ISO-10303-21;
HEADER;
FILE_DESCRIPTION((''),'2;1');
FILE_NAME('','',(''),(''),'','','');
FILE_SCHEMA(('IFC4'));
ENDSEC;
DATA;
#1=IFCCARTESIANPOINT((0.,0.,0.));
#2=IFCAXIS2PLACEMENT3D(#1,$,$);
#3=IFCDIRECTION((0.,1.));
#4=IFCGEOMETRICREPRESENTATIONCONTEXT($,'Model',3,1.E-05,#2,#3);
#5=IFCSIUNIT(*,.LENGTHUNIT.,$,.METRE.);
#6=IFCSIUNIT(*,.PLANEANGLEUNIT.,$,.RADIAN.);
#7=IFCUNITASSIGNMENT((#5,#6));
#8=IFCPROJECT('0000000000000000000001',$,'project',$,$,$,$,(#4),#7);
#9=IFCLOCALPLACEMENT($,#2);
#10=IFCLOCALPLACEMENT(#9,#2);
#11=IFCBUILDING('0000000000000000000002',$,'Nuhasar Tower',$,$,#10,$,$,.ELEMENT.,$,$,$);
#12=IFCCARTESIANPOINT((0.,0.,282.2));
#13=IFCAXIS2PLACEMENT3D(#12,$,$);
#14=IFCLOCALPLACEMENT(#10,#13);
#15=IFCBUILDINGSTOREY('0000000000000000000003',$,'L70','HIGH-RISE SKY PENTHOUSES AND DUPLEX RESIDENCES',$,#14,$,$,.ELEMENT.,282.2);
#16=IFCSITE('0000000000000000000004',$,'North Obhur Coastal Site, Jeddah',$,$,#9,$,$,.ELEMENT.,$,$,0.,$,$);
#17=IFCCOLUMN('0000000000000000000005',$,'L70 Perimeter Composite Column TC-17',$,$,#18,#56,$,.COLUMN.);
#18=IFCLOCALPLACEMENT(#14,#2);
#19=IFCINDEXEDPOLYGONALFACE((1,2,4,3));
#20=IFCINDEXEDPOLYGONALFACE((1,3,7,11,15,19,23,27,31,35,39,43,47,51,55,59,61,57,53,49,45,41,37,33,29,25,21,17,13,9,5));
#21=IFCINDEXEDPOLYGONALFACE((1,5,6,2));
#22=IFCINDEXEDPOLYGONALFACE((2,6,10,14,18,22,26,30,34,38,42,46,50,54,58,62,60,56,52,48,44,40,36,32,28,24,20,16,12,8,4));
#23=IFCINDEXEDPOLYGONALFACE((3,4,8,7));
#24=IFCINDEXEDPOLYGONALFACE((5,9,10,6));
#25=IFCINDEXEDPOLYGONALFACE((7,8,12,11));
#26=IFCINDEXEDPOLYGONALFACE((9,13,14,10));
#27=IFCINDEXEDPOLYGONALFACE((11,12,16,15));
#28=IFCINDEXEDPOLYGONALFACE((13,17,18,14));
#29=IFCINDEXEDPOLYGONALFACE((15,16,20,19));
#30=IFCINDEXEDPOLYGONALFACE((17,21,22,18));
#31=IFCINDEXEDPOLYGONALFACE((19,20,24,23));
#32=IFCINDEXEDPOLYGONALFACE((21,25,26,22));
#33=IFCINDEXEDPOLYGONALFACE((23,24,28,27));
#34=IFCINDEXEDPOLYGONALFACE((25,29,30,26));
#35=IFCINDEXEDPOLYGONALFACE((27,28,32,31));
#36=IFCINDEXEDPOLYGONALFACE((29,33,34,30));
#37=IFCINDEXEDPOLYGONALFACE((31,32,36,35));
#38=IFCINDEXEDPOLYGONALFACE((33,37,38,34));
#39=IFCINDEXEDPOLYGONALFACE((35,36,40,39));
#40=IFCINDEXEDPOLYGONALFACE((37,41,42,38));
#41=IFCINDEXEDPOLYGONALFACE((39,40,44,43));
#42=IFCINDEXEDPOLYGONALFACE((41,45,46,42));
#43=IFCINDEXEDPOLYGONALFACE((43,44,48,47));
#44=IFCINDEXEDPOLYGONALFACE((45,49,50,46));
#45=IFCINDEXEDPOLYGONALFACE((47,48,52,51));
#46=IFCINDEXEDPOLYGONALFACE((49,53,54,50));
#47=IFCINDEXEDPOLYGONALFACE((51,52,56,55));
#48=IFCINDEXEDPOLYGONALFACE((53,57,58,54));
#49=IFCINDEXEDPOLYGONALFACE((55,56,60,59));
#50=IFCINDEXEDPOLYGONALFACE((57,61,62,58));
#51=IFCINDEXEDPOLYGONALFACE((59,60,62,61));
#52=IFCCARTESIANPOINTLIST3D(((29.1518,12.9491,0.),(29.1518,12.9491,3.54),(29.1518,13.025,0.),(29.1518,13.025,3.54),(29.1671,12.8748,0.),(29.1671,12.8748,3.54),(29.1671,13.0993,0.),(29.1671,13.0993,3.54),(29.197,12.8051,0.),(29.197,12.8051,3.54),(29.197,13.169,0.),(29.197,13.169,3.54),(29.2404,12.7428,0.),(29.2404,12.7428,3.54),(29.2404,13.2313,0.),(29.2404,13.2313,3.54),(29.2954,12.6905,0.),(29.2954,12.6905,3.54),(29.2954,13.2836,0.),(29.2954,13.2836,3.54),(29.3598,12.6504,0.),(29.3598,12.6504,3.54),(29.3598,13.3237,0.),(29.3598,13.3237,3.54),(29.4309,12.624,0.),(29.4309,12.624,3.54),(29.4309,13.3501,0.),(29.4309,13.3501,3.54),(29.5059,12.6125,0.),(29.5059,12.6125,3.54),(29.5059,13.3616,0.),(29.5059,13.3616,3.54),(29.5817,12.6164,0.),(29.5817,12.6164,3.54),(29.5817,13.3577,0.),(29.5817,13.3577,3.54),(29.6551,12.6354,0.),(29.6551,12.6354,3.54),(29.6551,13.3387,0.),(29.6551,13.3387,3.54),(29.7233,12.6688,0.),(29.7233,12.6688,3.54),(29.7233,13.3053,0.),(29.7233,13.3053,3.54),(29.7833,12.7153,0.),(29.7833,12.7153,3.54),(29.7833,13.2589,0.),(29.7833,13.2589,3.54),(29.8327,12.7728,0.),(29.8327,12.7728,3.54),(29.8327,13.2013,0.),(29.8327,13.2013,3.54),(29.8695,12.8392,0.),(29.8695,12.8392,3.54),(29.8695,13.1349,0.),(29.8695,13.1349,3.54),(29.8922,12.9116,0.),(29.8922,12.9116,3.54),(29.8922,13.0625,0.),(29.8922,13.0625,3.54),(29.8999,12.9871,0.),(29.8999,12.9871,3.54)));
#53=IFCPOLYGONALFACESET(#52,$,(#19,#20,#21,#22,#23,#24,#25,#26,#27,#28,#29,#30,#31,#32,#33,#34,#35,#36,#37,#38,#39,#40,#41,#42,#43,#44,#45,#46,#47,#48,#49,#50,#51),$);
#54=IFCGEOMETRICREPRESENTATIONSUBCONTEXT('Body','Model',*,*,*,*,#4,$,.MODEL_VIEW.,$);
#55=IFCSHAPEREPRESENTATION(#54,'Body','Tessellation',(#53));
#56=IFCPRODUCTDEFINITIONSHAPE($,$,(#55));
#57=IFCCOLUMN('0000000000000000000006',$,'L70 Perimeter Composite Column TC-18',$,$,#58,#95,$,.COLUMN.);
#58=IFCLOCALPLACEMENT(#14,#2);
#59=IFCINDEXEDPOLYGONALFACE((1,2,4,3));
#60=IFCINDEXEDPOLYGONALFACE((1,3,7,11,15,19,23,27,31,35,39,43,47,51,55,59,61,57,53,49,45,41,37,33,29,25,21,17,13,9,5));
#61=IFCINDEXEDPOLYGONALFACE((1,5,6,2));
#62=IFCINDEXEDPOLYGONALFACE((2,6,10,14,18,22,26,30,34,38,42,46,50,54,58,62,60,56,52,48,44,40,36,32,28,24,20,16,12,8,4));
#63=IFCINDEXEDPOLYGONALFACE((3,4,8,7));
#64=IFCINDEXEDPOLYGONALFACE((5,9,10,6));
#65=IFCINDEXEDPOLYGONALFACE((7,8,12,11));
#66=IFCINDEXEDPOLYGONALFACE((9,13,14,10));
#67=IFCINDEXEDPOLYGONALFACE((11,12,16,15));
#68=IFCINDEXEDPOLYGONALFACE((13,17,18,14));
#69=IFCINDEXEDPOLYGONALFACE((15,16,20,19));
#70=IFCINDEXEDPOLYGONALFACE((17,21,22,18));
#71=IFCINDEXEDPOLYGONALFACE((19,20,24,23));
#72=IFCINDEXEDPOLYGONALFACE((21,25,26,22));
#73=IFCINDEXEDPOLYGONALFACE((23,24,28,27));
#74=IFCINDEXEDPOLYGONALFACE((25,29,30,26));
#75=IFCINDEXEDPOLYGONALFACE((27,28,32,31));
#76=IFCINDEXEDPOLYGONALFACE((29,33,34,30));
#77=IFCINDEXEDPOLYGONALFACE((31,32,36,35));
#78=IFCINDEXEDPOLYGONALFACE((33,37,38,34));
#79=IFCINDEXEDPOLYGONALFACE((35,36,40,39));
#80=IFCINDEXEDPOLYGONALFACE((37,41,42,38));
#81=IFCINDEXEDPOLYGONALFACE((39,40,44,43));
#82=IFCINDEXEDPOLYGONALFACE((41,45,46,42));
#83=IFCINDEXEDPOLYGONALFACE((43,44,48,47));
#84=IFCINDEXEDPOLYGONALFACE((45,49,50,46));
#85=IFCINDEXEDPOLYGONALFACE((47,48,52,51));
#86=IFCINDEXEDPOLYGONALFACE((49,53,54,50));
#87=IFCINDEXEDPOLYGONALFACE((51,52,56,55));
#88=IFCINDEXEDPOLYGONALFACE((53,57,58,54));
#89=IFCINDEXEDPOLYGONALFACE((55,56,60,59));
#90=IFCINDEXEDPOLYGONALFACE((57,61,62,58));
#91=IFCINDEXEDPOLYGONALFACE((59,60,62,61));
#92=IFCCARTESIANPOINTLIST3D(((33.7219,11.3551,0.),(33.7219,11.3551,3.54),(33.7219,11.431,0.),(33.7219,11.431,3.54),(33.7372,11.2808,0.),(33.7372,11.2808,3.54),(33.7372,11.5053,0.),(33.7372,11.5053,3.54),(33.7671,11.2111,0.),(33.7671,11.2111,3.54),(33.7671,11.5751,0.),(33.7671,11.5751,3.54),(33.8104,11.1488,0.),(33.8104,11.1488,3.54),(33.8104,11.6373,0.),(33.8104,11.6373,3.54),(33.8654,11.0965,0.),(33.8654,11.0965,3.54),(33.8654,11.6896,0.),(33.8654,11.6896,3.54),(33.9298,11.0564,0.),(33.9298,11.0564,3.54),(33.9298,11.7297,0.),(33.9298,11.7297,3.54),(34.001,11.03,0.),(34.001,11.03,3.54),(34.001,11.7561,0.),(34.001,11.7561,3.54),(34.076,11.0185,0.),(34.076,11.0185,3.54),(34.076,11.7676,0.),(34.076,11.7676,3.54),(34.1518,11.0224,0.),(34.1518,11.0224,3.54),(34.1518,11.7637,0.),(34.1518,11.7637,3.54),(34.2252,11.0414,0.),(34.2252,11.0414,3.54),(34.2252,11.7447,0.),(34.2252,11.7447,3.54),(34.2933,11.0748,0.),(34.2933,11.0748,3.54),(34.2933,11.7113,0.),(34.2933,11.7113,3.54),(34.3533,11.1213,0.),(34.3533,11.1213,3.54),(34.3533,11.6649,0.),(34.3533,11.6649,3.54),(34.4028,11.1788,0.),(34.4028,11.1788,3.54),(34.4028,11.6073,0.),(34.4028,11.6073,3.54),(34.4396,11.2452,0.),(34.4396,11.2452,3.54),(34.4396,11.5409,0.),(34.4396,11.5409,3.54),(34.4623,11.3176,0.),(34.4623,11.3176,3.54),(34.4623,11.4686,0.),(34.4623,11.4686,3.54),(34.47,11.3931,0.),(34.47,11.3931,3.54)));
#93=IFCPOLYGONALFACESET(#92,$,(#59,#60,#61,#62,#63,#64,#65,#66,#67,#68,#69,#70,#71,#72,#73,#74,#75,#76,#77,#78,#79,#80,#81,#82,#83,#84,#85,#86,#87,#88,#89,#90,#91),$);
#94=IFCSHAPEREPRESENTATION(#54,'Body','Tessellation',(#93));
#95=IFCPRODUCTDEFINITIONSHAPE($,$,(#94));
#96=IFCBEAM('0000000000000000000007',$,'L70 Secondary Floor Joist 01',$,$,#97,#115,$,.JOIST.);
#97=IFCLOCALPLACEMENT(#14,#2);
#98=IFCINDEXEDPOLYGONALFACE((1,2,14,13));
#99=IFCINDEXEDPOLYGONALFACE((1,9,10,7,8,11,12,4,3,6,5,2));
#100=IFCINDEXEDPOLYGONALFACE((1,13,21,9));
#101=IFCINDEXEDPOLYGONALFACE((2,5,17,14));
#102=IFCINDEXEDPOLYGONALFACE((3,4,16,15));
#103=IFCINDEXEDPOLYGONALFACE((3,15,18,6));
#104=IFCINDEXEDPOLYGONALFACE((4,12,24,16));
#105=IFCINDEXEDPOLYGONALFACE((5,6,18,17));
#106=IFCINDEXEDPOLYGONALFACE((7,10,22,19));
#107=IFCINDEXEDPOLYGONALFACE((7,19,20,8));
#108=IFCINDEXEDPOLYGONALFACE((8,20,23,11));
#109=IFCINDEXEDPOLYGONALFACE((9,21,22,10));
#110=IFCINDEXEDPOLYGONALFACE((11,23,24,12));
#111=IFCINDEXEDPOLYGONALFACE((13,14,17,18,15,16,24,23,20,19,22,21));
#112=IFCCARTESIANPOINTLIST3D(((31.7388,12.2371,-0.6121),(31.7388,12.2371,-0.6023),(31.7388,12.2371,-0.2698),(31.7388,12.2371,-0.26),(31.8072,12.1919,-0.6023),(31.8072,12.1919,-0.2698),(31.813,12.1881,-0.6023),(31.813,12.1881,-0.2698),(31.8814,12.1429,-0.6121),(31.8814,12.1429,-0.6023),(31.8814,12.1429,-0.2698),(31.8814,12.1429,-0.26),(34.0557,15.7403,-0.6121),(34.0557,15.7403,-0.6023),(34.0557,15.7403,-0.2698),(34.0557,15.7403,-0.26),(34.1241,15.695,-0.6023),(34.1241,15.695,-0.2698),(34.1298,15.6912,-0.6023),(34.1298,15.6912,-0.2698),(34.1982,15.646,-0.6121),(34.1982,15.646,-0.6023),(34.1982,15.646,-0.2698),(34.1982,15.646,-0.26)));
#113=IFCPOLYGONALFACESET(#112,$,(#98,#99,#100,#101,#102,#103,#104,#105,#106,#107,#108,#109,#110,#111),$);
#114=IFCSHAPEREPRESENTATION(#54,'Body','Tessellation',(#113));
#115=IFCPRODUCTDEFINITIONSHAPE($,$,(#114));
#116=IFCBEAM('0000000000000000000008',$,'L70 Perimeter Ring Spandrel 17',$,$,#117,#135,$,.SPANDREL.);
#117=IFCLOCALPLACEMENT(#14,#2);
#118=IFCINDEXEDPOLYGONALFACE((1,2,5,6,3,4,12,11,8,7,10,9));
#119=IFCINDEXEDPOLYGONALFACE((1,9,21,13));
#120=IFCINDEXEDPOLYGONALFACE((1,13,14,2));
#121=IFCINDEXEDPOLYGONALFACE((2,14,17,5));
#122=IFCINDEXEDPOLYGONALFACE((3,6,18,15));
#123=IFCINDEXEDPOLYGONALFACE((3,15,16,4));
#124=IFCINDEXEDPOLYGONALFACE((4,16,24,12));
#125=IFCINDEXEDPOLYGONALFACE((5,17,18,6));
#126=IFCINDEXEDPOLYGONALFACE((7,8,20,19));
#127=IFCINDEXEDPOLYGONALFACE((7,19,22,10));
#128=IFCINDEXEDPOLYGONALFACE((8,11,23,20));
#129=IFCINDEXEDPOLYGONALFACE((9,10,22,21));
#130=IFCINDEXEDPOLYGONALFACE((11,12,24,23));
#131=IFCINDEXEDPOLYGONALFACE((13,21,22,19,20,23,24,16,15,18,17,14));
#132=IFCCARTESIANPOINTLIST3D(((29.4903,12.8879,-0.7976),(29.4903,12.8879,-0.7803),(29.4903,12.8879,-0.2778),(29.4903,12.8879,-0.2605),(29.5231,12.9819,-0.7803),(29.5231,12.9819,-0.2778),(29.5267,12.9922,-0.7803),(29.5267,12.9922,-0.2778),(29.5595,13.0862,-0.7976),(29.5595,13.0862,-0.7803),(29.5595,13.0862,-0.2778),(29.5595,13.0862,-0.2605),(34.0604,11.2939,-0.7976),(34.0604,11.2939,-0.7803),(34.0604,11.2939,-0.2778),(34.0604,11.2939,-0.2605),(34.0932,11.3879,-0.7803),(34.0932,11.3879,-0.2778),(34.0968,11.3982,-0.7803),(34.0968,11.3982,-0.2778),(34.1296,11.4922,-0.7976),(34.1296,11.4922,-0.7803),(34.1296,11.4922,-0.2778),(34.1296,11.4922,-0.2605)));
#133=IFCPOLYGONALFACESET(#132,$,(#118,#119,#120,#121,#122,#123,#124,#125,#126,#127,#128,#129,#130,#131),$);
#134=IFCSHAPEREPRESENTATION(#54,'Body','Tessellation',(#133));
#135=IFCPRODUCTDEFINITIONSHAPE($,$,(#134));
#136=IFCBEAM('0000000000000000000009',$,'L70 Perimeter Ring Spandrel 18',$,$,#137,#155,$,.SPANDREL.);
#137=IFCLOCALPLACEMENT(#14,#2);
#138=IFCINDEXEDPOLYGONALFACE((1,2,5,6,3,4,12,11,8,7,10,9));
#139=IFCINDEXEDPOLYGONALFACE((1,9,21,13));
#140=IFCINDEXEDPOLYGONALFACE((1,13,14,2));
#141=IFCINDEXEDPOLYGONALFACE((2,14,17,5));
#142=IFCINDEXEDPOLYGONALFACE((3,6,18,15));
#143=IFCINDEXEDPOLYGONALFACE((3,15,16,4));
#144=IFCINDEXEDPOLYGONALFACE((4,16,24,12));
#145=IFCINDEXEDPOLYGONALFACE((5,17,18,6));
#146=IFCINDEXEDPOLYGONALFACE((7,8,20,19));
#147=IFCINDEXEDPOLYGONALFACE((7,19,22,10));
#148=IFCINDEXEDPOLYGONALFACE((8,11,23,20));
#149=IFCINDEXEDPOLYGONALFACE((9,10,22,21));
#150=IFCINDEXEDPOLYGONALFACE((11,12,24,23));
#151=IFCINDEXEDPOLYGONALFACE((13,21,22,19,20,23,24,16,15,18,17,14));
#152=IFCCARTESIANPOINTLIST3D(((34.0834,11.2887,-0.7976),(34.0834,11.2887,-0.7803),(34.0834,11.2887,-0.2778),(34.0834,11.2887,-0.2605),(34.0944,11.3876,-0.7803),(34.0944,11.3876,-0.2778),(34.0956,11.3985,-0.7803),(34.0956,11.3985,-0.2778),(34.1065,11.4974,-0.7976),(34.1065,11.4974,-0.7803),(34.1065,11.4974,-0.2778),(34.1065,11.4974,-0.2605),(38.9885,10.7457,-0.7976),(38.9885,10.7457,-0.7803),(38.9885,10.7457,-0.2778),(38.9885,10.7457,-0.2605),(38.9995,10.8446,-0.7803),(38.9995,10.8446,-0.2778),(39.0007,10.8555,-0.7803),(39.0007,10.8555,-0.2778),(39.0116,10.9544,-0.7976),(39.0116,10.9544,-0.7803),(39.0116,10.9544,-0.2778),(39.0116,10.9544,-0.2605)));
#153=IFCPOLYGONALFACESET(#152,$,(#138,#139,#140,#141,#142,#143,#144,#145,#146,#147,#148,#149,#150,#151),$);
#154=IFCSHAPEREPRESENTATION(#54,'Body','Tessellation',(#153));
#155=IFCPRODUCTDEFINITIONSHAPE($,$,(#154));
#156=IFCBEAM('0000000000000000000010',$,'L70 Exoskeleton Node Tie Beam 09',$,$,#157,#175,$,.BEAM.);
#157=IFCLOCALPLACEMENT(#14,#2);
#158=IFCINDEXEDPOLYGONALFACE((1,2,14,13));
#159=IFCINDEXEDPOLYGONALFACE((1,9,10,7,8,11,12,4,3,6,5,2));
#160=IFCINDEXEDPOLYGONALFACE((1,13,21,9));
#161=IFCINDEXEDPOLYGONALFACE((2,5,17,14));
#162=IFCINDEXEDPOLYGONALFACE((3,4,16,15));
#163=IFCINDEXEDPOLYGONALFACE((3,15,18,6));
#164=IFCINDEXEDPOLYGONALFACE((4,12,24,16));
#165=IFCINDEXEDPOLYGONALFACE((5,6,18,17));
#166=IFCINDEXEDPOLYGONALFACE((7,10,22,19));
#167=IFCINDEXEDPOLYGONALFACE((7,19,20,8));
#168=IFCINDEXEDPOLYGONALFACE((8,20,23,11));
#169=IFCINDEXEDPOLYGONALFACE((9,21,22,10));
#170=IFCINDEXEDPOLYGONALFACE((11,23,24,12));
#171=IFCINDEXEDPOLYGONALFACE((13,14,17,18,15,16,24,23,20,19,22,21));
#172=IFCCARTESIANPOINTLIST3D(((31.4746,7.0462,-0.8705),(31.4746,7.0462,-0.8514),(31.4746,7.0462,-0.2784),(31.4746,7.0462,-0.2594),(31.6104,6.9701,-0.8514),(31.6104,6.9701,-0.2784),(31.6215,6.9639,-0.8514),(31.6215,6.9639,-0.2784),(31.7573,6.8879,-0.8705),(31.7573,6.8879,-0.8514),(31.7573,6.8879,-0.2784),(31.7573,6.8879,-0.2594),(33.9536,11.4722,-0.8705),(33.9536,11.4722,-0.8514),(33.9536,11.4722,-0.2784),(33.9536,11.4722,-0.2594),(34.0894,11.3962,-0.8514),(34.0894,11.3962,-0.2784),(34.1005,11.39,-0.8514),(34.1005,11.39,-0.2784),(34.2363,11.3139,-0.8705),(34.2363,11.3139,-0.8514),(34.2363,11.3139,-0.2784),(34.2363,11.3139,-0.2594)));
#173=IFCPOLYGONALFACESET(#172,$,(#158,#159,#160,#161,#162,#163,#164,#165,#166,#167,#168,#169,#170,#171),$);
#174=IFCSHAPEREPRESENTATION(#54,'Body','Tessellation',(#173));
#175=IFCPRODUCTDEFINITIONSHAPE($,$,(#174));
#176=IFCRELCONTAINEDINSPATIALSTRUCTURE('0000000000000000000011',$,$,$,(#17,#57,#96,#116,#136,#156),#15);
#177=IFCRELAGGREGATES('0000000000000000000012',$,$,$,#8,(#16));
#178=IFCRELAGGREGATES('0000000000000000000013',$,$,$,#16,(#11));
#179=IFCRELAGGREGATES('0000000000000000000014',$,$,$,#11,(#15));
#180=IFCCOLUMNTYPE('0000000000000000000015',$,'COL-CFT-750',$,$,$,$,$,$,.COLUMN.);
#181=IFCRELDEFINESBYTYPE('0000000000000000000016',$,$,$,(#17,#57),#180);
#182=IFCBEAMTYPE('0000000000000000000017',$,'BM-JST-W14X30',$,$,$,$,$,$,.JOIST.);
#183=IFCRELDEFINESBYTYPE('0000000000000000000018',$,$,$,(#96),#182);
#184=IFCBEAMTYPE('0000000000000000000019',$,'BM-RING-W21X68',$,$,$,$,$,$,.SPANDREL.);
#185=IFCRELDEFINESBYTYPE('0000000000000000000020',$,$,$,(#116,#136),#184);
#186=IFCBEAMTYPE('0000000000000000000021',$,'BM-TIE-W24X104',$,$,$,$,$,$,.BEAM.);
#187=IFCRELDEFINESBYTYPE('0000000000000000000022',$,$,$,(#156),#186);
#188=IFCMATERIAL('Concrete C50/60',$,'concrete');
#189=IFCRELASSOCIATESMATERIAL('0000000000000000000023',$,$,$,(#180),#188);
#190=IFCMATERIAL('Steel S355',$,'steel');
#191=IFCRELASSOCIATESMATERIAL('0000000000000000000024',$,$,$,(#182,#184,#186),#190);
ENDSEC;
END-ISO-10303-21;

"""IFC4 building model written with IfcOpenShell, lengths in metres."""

from ifc_helpers import new_model, si_unit, direction, frame, origin, origin_2d, place, context, subcontext, project, spatial, circle, i_section, extrude, material, material_profile, profile_set, type_object, element, save


model = new_model("IFC4")

# Units and contexts
model_context = context("Model", 3, precision=1e-05, world=origin(), true_north=direction((0.0, 1.0)))
body_context = subcontext(model_context, "Body", "Model", "MODEL_VIEW")
ifc_project = project(units=[si_unit("LENGTHUNIT", "METRE"), si_unit("PLANEANGLEUNIT", "RADIAN")], contexts=[model_context])

# Site, building, storey
site_placement = place(None, origin())
site = spatial("IfcSite", under=ifc_project, at=site_placement, Name="North Obhur Coastal Site, Jeddah", CompositionType="ELEMENT", RefElevation=0.0)
building_placement = place(site_placement, origin())
building = spatial("IfcBuilding", under=site, at=building_placement, Name="Nuhasar Tower", CompositionType="ELEMENT")
storey_placement = place(building_placement, frame((0.0, 0.0, 282.2)))
storey = spatial("IfcBuildingStorey", under=building, at=storey_placement, Name="L70", Description="HIGH-RISE SKY PENTHOUSES AND DUPLEX RESIDENCES", CompositionType="ELEMENT", Elevation=282.2)

# Columns
ifc_material_1 = material(Name="Concrete C50/60", Category="concrete")
ifc_material_profile_1 = material_profile(ifc_material_1, circle(Radius=0.375, at=origin_2d()), Name="CFT750")
ifc_profile_set_1 = profile_set([ifc_material_profile_1], Name="Concrete C50/60")
column_type = type_object("IfcColumnType", Name="COL-CFT-750", PredefinedType="COLUMN", material=ifc_profile_set_1)
for number, where, z_axis, x_axis, name in (
    (1, (29.5249, 12.9871, 0.0), (0.0, 0.0, 1.0), (1.0, 0.0, 0.0), "L70 Perimeter Composite Column TC-17"),
    (2, (34.095, 11.3931, 0.0), (0.0, 0.0, 1.0), (1.0, 0.0, 0.0), "L70 Perimeter Composite Column TC-18"),
):
    element("IfcColumn", number, at=place(storey_placement, frame(where, z_axis=z_axis, x_axis=x_axis)), inside=storey, type_object=column_type, Name=name, PredefinedType="COLUMN", context=body_context, shape_type="SweptSolid", body=[
        extrude(circle(Radius=0.375, at=origin_2d()), origin(), (0.0, 0.0, 1.0), 3.54),
    ])

# Beams
ifc_material_2 = material(Name="Steel S355", Category="steel")
ifc_material_profile_2 = material_profile(ifc_material_2, i_section(OverallWidth=0.1709, OverallDepth=0.3521, WebThickness=0.0068, FlangeThickness=0.0098, at=origin_2d()), Name="W14X30")
ifc_profile_set_2 = profile_set([ifc_material_profile_2], Name="Steel S355")
beam_type_1 = type_object("IfcBeamType", Name="BM-JST-W14X30", PredefinedType="JOIST", material=ifc_profile_set_2)
beam_1_placement = place(storey_placement, frame((34.127, 15.6931, -0.436), z_axis=(-0.551638, -0.834084, 0.0), x_axis=(0.834084, -0.551638, 0.0)))
element("IfcBeam", 3, at=beam_1_placement, inside=storey, type_object=beam_type_1, Name="L70 Secondary Floor Joist 01", PredefinedType="JOIST", context=body_context, shape_type="SweptSolid", body=[
    extrude(i_section(OverallWidth=0.1709, OverallDepth=0.3521, WebThickness=0.0068, FlangeThickness=0.0098, at=origin_2d()), origin(), (0.0, 0.0, 1.0), 4.2),
])
ifc_material_profile_3 = material_profile(ifc_material_2, i_section(OverallWidth=0.21, OverallDepth=0.5371, WebThickness=0.011, FlangeThickness=0.0173, at=origin_2d()), Name="W21X68")
ifc_profile_set_3 = profile_set([ifc_material_profile_3], Name="Steel S355")
beam_type_2 = type_object("IfcBeamType", Name="BM-RING-W21X68", PredefinedType="SPANDREL", material=ifc_profile_set_3)
beam_2_placement = place(storey_placement, frame((29.5249, 12.9871, -0.5291), z_axis=(0.944214, -0.329332, 0.0), x_axis=(0.329332, 0.944214, 0.0)))
element("IfcBeam", 4, at=beam_2_placement, inside=storey, type_object=beam_type_2, Name="L70 Perimeter Ring Spandrel 17", PredefinedType="SPANDREL", context=body_context, shape_type="SweptSolid", body=[
    extrude(i_section(OverallWidth=0.21, OverallDepth=0.5371, WebThickness=0.011, FlangeThickness=0.0173, at=origin_2d()), origin(), (0.0, 0.0, 1.0), 4.8401),
])
beam_3_placement = place(storey_placement, frame((34.095, 11.3931, -0.5291), z_axis=(0.993929, -0.110024, 0.0), x_axis=(0.110024, 0.993929, 0.0)))
element("IfcBeam", 5, at=beam_3_placement, inside=storey, type_object=beam_type_2, Name="L70 Perimeter Ring Spandrel 18", PredefinedType="SPANDREL", context=body_context, shape_type="SweptSolid", body=[
    extrude(i_section(OverallWidth=0.21, OverallDepth=0.5371, WebThickness=0.011, FlangeThickness=0.0173, at=origin_2d()), origin(), (0.0, 0.0, 1.0), 4.9351),
])
ifc_material_profile_4 = material_profile(ifc_material_2, i_section(OverallWidth=0.324, OverallDepth=0.6111, WebThickness=0.0127, FlangeThickness=0.019, at=origin_2d()), Name="W24X104")
ifc_profile_set_4 = profile_set([ifc_material_profile_4], Name="Steel S355")
beam_type_3 = type_object("IfcBeamType", Name="BM-TIE-W24X104", PredefinedType="BEAM", material=ifc_profile_set_4)
beam_4_placement = place(storey_placement, frame((34.095, 11.3931, -0.5649), z_axis=(-0.488668, -0.87247, 0.0), x_axis=(0.87247, -0.488668, 0.0)))
element("IfcBeam", 6, at=beam_4_placement, inside=storey, type_object=beam_type_3, Name="L70 Exoskeleton Node Tie Beam 09", PredefinedType="BEAM", context=body_context, shape_type="SweptSolid", body=[
    extrude(i_section(OverallWidth=0.324, OverallDepth=0.6111, WebThickness=0.0127, FlangeThickness=0.019, at=origin_2d()), origin(), (0.0, 0.0, 1.0), 5.073),
])

save(model, "model.ifc")
